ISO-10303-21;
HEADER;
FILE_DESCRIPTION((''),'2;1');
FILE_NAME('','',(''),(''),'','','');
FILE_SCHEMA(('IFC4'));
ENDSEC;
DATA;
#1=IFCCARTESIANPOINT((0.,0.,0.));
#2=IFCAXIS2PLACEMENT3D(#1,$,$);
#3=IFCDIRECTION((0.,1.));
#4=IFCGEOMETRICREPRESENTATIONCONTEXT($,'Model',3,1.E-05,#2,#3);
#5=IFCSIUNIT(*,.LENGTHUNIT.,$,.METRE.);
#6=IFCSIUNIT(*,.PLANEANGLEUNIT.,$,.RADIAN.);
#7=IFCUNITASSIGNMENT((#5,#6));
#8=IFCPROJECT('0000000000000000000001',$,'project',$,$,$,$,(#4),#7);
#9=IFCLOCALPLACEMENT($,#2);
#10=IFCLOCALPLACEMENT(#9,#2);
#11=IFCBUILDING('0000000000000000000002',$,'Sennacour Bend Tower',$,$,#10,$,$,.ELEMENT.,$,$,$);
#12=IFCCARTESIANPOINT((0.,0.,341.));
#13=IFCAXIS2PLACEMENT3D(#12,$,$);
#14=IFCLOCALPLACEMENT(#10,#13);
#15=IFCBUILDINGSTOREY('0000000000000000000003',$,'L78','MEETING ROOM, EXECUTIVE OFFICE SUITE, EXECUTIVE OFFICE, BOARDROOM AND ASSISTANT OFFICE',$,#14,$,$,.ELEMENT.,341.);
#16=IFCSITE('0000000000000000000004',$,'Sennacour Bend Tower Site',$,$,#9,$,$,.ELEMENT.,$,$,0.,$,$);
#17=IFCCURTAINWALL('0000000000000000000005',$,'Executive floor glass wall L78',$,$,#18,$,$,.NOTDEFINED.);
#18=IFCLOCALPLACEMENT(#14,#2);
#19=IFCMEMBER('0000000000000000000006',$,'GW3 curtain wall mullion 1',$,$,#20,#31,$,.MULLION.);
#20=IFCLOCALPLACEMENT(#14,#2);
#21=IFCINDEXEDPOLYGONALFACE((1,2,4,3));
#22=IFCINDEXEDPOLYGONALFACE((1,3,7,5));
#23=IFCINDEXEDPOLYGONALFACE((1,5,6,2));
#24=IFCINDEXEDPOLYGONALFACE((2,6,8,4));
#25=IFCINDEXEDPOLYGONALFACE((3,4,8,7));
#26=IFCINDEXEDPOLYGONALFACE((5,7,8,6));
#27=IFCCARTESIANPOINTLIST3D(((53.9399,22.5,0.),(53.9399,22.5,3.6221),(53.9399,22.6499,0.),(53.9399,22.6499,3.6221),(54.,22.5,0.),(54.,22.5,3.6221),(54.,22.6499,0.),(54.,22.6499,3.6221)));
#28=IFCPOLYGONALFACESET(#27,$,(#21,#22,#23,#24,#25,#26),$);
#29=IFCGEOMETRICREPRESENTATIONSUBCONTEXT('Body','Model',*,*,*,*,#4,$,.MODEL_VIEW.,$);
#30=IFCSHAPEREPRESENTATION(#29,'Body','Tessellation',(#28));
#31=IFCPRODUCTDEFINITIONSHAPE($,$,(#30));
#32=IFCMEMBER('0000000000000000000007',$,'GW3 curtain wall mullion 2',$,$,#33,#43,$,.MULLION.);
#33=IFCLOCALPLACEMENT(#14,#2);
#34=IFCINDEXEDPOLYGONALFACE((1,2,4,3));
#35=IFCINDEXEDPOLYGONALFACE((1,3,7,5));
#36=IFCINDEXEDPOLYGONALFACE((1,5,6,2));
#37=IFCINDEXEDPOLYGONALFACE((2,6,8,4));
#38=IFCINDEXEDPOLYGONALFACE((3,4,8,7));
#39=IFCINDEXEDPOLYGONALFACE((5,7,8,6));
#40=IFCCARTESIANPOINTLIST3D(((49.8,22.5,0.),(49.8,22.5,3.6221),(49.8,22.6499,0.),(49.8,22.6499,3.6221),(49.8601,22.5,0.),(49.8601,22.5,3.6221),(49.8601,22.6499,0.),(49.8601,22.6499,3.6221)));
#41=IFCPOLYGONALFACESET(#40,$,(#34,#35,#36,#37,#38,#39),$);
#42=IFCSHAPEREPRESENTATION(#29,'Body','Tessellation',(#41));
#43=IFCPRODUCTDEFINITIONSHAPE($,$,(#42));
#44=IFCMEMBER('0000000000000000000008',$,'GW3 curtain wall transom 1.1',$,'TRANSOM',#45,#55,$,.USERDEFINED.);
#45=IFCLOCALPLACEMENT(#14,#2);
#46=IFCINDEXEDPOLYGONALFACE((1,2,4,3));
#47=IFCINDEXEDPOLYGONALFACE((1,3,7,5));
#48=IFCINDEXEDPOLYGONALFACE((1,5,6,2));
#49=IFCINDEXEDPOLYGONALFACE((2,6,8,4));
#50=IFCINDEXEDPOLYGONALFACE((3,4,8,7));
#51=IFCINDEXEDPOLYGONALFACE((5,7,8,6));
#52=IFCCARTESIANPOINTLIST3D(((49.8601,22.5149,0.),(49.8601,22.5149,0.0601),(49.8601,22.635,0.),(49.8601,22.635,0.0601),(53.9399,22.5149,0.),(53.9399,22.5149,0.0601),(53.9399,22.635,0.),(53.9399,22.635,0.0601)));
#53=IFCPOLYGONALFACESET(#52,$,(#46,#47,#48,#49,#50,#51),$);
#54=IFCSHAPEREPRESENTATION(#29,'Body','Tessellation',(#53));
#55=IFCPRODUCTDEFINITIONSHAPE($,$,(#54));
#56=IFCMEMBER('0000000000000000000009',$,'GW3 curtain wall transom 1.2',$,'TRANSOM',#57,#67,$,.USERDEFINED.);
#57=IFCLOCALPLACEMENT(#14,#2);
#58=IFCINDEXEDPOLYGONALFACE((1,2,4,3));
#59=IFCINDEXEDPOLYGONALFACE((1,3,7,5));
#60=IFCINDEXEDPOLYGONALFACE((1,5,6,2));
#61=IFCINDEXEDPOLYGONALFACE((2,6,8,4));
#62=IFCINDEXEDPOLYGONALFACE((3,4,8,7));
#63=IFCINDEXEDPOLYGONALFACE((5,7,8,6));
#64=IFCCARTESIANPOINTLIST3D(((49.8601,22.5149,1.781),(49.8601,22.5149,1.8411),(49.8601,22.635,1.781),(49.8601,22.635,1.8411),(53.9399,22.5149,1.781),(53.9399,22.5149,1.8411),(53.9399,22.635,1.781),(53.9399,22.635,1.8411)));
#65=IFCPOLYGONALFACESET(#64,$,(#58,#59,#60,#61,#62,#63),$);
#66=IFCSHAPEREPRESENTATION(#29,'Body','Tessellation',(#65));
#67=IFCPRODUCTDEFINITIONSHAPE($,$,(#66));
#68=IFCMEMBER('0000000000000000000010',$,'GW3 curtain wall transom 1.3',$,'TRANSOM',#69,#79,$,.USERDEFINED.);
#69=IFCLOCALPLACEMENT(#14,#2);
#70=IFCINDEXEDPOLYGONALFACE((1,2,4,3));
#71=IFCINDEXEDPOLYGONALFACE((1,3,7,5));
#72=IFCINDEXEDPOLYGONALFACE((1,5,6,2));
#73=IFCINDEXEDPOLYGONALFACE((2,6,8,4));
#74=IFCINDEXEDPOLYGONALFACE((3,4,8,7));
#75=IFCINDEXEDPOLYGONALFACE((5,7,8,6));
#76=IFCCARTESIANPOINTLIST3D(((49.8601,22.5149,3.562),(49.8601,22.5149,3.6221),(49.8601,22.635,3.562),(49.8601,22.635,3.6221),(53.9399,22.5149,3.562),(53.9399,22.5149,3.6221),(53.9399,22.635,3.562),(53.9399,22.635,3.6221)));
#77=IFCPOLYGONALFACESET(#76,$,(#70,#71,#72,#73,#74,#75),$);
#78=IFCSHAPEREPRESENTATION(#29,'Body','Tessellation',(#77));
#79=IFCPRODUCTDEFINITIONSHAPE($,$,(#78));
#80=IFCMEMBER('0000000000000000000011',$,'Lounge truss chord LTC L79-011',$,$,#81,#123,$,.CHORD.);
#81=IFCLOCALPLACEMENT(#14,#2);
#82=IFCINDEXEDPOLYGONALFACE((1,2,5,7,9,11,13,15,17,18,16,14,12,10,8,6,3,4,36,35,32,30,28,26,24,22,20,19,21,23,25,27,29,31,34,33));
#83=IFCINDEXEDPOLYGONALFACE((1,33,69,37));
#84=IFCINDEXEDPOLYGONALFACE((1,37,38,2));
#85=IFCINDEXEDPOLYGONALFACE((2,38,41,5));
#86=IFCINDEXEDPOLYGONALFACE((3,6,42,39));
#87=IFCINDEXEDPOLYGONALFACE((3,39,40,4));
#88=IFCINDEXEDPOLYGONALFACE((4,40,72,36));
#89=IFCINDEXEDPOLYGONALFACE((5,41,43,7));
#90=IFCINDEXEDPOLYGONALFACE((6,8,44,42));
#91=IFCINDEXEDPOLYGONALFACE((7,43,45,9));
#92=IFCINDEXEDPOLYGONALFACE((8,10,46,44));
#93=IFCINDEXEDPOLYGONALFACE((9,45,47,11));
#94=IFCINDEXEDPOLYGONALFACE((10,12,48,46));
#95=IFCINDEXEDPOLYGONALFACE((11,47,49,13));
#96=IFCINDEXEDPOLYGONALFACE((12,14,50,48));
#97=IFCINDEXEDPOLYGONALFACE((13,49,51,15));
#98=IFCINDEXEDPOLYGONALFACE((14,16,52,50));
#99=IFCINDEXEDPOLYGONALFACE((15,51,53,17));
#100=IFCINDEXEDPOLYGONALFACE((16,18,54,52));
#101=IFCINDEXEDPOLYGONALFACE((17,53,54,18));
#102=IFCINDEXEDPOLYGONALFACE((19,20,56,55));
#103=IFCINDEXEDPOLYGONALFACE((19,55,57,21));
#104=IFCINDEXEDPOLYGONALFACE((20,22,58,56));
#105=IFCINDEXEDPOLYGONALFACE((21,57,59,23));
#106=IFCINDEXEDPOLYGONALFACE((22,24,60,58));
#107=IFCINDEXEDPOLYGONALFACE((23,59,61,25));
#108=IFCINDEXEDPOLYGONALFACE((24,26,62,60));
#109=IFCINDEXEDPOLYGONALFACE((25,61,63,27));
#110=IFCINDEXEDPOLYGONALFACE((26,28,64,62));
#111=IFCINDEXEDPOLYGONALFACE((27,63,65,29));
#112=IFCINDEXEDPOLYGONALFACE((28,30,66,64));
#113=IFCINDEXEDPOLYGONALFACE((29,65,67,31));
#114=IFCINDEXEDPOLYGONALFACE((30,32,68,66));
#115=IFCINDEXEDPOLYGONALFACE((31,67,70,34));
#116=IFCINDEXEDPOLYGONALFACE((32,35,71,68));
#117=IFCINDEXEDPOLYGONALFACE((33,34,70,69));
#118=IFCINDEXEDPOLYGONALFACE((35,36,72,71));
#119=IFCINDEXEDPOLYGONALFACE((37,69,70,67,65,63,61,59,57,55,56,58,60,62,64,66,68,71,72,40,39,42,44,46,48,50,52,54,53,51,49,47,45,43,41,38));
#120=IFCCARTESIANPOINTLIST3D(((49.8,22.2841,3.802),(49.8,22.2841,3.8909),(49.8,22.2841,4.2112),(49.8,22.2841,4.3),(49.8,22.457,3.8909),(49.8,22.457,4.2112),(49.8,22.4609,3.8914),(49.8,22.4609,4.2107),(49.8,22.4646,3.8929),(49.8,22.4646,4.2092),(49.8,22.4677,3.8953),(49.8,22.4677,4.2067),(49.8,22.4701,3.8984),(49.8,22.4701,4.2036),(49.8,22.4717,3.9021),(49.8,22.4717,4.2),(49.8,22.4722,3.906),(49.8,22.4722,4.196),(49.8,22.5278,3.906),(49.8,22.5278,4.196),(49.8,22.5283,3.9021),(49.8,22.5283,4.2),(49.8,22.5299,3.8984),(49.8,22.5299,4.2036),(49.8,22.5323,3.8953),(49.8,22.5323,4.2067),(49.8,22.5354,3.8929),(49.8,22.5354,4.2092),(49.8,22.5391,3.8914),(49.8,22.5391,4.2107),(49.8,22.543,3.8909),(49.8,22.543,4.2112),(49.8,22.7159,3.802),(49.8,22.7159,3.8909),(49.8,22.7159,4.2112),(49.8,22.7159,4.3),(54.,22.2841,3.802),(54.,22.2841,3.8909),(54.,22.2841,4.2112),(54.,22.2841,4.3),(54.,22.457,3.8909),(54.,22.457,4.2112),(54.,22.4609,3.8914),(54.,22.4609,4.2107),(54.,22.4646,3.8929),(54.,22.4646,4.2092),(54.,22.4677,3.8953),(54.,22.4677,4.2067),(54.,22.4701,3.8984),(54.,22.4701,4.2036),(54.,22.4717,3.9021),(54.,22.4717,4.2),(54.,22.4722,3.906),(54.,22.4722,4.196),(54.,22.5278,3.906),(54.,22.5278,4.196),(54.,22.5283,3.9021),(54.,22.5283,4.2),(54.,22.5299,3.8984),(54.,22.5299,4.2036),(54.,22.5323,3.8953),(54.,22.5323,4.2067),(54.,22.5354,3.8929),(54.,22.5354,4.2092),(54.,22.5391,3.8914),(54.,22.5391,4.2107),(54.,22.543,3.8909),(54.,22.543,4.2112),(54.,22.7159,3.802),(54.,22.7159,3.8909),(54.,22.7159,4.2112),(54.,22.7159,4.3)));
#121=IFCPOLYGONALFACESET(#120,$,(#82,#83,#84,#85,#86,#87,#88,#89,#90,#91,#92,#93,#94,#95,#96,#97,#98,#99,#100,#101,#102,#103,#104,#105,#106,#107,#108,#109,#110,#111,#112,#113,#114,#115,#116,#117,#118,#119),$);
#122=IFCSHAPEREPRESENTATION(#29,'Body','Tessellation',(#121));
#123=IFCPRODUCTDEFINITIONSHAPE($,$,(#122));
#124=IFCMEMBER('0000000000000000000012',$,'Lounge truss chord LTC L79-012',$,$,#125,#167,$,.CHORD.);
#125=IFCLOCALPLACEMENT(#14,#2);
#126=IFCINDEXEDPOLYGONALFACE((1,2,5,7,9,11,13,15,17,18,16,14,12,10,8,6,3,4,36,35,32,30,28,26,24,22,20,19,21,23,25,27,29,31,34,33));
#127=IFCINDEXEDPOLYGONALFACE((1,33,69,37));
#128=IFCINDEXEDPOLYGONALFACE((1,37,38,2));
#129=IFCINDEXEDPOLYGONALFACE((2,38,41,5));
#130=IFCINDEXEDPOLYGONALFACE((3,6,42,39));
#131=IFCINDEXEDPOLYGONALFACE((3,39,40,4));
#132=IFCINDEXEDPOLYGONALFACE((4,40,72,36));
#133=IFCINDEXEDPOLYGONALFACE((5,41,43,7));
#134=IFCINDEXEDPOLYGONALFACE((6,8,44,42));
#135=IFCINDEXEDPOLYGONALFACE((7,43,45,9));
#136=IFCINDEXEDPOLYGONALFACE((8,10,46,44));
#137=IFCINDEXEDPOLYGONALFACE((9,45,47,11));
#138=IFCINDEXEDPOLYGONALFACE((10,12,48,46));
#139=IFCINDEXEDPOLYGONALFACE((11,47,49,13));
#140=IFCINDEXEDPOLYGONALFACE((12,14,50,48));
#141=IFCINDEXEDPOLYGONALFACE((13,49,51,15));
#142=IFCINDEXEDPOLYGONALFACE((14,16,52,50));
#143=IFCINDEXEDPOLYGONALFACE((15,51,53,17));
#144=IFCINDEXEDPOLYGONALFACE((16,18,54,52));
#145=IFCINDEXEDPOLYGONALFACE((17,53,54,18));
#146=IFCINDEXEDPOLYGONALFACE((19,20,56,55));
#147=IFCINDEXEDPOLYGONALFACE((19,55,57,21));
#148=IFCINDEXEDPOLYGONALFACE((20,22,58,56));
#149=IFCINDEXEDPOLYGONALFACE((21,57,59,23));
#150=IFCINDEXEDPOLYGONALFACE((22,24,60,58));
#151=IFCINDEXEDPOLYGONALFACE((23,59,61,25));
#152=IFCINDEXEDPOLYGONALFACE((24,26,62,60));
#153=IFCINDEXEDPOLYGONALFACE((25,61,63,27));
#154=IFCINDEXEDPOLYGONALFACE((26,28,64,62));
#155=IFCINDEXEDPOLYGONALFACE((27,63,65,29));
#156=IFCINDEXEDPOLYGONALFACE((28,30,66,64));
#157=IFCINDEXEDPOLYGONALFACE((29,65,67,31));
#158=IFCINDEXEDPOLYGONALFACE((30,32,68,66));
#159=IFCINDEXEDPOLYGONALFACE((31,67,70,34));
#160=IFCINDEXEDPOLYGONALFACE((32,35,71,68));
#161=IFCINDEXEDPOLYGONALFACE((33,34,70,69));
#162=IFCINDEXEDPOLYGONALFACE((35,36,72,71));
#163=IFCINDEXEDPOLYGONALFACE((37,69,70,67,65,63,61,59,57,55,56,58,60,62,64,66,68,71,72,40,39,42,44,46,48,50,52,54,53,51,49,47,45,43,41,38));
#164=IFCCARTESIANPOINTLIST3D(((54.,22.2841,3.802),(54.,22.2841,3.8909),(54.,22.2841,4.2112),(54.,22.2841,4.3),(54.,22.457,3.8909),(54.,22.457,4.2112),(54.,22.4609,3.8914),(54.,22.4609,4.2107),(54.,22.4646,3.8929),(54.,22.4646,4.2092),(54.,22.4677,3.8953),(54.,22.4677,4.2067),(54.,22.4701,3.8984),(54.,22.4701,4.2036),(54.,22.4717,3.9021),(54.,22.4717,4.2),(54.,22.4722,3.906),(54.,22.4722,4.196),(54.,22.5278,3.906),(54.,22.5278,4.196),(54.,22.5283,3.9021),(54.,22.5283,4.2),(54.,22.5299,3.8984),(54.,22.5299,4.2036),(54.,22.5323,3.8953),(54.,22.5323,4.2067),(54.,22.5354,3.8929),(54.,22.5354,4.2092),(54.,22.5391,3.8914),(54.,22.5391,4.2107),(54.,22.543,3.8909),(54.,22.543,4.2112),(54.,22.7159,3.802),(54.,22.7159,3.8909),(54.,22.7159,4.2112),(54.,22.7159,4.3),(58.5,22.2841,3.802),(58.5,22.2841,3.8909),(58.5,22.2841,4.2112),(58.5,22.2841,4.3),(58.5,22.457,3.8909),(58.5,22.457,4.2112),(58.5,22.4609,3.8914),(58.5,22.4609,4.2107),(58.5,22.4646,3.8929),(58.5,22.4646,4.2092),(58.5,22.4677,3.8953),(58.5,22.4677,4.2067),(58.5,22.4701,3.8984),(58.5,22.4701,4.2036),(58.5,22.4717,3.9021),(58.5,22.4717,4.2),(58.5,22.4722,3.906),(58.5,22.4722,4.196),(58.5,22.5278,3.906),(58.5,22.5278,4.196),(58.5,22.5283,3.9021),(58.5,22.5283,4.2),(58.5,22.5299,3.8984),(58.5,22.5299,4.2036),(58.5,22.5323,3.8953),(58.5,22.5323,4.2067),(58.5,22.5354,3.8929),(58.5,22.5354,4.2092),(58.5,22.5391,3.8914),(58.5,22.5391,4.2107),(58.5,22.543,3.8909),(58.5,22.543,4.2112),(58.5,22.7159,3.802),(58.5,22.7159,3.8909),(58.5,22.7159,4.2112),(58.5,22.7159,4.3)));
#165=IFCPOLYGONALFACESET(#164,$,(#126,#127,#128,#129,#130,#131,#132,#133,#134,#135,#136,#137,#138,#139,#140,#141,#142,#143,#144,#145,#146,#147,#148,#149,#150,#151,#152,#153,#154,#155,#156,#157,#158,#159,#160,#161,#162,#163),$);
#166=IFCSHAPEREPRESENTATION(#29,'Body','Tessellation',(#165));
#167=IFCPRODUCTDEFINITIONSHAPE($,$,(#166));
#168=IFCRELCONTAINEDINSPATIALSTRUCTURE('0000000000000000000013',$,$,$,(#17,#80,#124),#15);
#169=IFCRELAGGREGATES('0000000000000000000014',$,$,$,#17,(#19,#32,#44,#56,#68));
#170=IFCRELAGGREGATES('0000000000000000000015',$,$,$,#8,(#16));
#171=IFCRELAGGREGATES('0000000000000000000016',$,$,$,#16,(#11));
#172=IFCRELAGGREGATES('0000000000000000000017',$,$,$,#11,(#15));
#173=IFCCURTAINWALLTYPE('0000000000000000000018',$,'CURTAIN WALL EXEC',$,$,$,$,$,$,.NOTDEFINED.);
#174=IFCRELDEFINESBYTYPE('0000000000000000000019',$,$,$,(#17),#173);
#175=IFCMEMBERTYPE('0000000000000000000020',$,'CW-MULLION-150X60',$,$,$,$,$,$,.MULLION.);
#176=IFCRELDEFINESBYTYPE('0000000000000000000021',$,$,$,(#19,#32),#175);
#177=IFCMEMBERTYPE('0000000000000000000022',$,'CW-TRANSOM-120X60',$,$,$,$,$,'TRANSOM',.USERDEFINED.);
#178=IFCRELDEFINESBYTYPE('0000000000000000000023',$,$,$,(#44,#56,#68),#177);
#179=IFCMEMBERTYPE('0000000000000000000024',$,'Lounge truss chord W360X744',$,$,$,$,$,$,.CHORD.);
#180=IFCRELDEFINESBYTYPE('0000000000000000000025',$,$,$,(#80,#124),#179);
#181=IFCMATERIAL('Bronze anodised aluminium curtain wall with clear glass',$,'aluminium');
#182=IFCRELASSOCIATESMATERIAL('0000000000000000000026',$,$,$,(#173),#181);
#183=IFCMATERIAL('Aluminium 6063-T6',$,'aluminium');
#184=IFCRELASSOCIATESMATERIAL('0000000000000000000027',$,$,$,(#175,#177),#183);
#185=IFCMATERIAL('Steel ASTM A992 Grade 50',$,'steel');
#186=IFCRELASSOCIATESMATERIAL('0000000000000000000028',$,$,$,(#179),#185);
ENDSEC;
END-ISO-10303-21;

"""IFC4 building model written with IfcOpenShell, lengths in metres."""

from ifc_helpers import new_model, si_unit, direction, frame, origin, origin_2d, place, context, subcontext, project, spatial, rectangle, i_section, extrude, material, material_profile, profile_set, type_object, element, aggregate, save


model = new_model("IFC4")

# Units and contexts
model_context = context("Model", 3, precision=1e-05, world=origin(), true_north=direction((0.0, 1.0)))
body_context = subcontext(model_context, "Body", "Model", "MODEL_VIEW")
ifc_project = project(units=[si_unit("LENGTHUNIT", "METRE"), si_unit("PLANEANGLEUNIT", "RADIAN")], contexts=[model_context])

# Site, building, storey
site_placement = place(None, origin())
site = spatial("IfcSite", under=ifc_project, at=site_placement, Name="Sennacour Bend Tower Site", CompositionType="ELEMENT", RefElevation=0.0)
building_placement = place(site_placement, origin())
building = spatial("IfcBuilding", under=site, at=building_placement, Name="Sennacour Bend Tower", CompositionType="ELEMENT")
storey_placement = place(building_placement, frame((0.0, 0.0, 341.0)))
storey = spatial("IfcBuildingStorey", under=building, at=storey_placement, Name="L78", Description="MEETING ROOM, EXECUTIVE OFFICE SUITE, EXECUTIVE OFFICE, BOARDROOM AND ASSISTANT OFFICE", CompositionType="ELEMENT", Elevation=341.0)

# Curtain wall, members
ifc_material_1 = material(Name="Bronze anodised aluminium curtain wall with clear glass", Category="aluminium")
curtain_wall_type = type_object("IfcCurtainWallType", Name="CURTAIN WALL EXEC", PredefinedType="NOTDEFINED", material=ifc_material_1)
curtain_wall_placement = place(storey_placement, origin())
curtain_wall = element("IfcCurtainWall", 1, at=curtain_wall_placement, inside=storey, type_object=curtain_wall_type, Name="Executive floor glass wall L78", PredefinedType="NOTDEFINED")
ifc_material_2 = material(Name="Aluminium 6063-T6", Category="aluminium")
ifc_material_profile_1 = material_profile(ifc_material_2, rectangle(XDim=0.1499, YDim=0.0601, at=origin_2d()), Name="Aluminium 6063-T6", Category="aluminium")
ifc_profile_set_1 = profile_set([ifc_material_profile_1], Name="Aluminium 6063-T6")
member_type_1 = type_object("IfcMemberType", Name="CW-MULLION-150X60", PredefinedType="MULLION", material=ifc_profile_set_1)
member_1_placement = place(storey_placement, frame((53.97, 22.575, 0.0), z_axis=(0.0, 0.0, 1.0), x_axis=(0.0, -1.0, 0.0)))
member_1 = element("IfcMember", 2, at=member_1_placement, type_object=member_type_1, Name="GW3 curtain wall mullion 1", PredefinedType="MULLION", context=body_context, shape_type="SweptSolid", body=[
    extrude(rectangle(XDim=0.1499, YDim=0.0601, at=origin_2d()), origin(), (0.0, 0.0, 1.0), 3.6221),
])
member_2_placement = place(storey_placement, frame((49.8301, 22.575, 0.0), z_axis=(0.0, 0.0, 1.0), x_axis=(0.0, -1.0, 0.0)))
member_2 = element("IfcMember", 3, at=member_2_placement, type_object=member_type_1, Name="GW3 curtain wall mullion 2", PredefinedType="MULLION", context=body_context, shape_type="SweptSolid", body=[
    extrude(rectangle(XDim=0.1499, YDim=0.0601, at=origin_2d()), origin(), (0.0, 0.0, 1.0), 3.6221),
])
ifc_material_profile_2 = material_profile(ifc_material_2, rectangle(XDim=0.1201, YDim=0.0601, at=origin_2d()), Name="Aluminium 6063-T6", Category="aluminium")
ifc_profile_set_2 = profile_set([ifc_material_profile_2], Name="Aluminium 6063-T6")
member_type_2 = type_object("IfcMemberType", Name="CW-TRANSOM-120X60", ElementType="TRANSOM", PredefinedType="USERDEFINED", material=ifc_profile_set_2)
member_3_placement = place(storey_placement, frame((53.9399, 22.575, 0.03), z_axis=(-1.0, 0.0, 0.0), x_axis=(0.0, -1.0, 0.0)))
member_3 = element("IfcMember", 4, at=member_3_placement, type_object=member_type_2, Name="GW3 curtain wall transom 1.1", ObjectType="TRANSOM", PredefinedType="USERDEFINED", context=body_context, shape_type="SweptSolid", body=[
    extrude(rectangle(XDim=0.1201, YDim=0.0601, at=origin_2d()), origin(), (0.0, 0.0, 1.0), 4.0798),
])
member_4_placement = place(storey_placement, frame((53.9399, 22.575, 1.811), z_axis=(-1.0, 0.0, 0.0), x_axis=(0.0, -1.0, 0.0)))
member_4 = element("IfcMember", 5, at=member_4_placement, type_object=member_type_2, Name="GW3 curtain wall transom 1.2", ObjectType="TRANSOM", PredefinedType="USERDEFINED", context=body_context, shape_type="SweptSolid", body=[
    extrude(rectangle(XDim=0.1201, YDim=0.0601, at=origin_2d()), origin(), (0.0, 0.0, 1.0), 4.0798),
])
member_5_placement = place(storey_placement, frame((53.9399, 22.575, 3.592), z_axis=(-1.0, 0.0, 0.0), x_axis=(0.0, -1.0, 0.0)))
member_5 = element("IfcMember", 6, at=member_5_placement, type_object=member_type_2, Name="GW3 curtain wall transom 1.3", ObjectType="TRANSOM", PredefinedType="USERDEFINED", context=body_context, shape_type="SweptSolid", body=[
    extrude(rectangle(XDim=0.1201, YDim=0.0601, at=origin_2d()), origin(), (0.0, 0.0, 1.0), 4.0798),
])

# Members
ifc_material_3 = material(Name="Steel ASTM A992 Grade 50", Category="steel")
ifc_material_profile_3 = material_profile(ifc_material_3, i_section(OverallWidth=0.4319, OverallDepth=0.498, WebThickness=0.0557, FlangeThickness=0.0889, FilletRadius=0.0151, at=origin_2d()), Name="Steel ASTM A992 Grade 50", Category="steel")
ifc_profile_set_3 = profile_set([ifc_material_profile_3], Name="Steel ASTM A992 Grade 50")
member_type_3 = type_object("IfcMemberType", Name="Lounge truss chord W360X744", PredefinedType="CHORD", material=ifc_profile_set_3)
member_6_placement = place(storey_placement, frame((49.8, 22.5, 4.051), z_axis=(1.0, 0.0, 0.0), x_axis=(0.0, 1.0, 0.0)))
element("IfcMember", 7, at=member_6_placement, inside=storey, type_object=member_type_3, Name="Lounge truss chord LTC L79-011", PredefinedType="CHORD", context=body_context, shape_type="SweptSolid", body=[
    extrude(i_section(OverallWidth=0.4319, OverallDepth=0.498, WebThickness=0.0557, FlangeThickness=0.0889, FilletRadius=0.0151, at=origin_2d()), origin(), (0.0, 0.0, 1.0), 4.2),
])
for number, where, z_axis, x_axis, name in (
    (8, (54.0, 22.5, 4.051), (1.0, 0.0, 0.0), (0.0, 1.0, 0.0), "Lounge truss chord LTC L79-012"),
):
    element("IfcMember", number, at=place(storey_placement, frame(where, z_axis=z_axis, x_axis=x_axis)), inside=storey, type_object=member_type_3, Name=name, PredefinedType="CHORD", context=body_context, shape_type="SweptSolid", body=[
        extrude(i_section(OverallWidth=0.4319, OverallDepth=0.498, WebThickness=0.0557, FlangeThickness=0.0889, FilletRadius=0.0151, at=origin_2d()), origin(), (0.0, 0.0, 1.0), 4.5),
    ])

aggregate(curtain_wall, [member_1, member_2, member_3, member_4, member_5])

save(model, "model.ifc")
